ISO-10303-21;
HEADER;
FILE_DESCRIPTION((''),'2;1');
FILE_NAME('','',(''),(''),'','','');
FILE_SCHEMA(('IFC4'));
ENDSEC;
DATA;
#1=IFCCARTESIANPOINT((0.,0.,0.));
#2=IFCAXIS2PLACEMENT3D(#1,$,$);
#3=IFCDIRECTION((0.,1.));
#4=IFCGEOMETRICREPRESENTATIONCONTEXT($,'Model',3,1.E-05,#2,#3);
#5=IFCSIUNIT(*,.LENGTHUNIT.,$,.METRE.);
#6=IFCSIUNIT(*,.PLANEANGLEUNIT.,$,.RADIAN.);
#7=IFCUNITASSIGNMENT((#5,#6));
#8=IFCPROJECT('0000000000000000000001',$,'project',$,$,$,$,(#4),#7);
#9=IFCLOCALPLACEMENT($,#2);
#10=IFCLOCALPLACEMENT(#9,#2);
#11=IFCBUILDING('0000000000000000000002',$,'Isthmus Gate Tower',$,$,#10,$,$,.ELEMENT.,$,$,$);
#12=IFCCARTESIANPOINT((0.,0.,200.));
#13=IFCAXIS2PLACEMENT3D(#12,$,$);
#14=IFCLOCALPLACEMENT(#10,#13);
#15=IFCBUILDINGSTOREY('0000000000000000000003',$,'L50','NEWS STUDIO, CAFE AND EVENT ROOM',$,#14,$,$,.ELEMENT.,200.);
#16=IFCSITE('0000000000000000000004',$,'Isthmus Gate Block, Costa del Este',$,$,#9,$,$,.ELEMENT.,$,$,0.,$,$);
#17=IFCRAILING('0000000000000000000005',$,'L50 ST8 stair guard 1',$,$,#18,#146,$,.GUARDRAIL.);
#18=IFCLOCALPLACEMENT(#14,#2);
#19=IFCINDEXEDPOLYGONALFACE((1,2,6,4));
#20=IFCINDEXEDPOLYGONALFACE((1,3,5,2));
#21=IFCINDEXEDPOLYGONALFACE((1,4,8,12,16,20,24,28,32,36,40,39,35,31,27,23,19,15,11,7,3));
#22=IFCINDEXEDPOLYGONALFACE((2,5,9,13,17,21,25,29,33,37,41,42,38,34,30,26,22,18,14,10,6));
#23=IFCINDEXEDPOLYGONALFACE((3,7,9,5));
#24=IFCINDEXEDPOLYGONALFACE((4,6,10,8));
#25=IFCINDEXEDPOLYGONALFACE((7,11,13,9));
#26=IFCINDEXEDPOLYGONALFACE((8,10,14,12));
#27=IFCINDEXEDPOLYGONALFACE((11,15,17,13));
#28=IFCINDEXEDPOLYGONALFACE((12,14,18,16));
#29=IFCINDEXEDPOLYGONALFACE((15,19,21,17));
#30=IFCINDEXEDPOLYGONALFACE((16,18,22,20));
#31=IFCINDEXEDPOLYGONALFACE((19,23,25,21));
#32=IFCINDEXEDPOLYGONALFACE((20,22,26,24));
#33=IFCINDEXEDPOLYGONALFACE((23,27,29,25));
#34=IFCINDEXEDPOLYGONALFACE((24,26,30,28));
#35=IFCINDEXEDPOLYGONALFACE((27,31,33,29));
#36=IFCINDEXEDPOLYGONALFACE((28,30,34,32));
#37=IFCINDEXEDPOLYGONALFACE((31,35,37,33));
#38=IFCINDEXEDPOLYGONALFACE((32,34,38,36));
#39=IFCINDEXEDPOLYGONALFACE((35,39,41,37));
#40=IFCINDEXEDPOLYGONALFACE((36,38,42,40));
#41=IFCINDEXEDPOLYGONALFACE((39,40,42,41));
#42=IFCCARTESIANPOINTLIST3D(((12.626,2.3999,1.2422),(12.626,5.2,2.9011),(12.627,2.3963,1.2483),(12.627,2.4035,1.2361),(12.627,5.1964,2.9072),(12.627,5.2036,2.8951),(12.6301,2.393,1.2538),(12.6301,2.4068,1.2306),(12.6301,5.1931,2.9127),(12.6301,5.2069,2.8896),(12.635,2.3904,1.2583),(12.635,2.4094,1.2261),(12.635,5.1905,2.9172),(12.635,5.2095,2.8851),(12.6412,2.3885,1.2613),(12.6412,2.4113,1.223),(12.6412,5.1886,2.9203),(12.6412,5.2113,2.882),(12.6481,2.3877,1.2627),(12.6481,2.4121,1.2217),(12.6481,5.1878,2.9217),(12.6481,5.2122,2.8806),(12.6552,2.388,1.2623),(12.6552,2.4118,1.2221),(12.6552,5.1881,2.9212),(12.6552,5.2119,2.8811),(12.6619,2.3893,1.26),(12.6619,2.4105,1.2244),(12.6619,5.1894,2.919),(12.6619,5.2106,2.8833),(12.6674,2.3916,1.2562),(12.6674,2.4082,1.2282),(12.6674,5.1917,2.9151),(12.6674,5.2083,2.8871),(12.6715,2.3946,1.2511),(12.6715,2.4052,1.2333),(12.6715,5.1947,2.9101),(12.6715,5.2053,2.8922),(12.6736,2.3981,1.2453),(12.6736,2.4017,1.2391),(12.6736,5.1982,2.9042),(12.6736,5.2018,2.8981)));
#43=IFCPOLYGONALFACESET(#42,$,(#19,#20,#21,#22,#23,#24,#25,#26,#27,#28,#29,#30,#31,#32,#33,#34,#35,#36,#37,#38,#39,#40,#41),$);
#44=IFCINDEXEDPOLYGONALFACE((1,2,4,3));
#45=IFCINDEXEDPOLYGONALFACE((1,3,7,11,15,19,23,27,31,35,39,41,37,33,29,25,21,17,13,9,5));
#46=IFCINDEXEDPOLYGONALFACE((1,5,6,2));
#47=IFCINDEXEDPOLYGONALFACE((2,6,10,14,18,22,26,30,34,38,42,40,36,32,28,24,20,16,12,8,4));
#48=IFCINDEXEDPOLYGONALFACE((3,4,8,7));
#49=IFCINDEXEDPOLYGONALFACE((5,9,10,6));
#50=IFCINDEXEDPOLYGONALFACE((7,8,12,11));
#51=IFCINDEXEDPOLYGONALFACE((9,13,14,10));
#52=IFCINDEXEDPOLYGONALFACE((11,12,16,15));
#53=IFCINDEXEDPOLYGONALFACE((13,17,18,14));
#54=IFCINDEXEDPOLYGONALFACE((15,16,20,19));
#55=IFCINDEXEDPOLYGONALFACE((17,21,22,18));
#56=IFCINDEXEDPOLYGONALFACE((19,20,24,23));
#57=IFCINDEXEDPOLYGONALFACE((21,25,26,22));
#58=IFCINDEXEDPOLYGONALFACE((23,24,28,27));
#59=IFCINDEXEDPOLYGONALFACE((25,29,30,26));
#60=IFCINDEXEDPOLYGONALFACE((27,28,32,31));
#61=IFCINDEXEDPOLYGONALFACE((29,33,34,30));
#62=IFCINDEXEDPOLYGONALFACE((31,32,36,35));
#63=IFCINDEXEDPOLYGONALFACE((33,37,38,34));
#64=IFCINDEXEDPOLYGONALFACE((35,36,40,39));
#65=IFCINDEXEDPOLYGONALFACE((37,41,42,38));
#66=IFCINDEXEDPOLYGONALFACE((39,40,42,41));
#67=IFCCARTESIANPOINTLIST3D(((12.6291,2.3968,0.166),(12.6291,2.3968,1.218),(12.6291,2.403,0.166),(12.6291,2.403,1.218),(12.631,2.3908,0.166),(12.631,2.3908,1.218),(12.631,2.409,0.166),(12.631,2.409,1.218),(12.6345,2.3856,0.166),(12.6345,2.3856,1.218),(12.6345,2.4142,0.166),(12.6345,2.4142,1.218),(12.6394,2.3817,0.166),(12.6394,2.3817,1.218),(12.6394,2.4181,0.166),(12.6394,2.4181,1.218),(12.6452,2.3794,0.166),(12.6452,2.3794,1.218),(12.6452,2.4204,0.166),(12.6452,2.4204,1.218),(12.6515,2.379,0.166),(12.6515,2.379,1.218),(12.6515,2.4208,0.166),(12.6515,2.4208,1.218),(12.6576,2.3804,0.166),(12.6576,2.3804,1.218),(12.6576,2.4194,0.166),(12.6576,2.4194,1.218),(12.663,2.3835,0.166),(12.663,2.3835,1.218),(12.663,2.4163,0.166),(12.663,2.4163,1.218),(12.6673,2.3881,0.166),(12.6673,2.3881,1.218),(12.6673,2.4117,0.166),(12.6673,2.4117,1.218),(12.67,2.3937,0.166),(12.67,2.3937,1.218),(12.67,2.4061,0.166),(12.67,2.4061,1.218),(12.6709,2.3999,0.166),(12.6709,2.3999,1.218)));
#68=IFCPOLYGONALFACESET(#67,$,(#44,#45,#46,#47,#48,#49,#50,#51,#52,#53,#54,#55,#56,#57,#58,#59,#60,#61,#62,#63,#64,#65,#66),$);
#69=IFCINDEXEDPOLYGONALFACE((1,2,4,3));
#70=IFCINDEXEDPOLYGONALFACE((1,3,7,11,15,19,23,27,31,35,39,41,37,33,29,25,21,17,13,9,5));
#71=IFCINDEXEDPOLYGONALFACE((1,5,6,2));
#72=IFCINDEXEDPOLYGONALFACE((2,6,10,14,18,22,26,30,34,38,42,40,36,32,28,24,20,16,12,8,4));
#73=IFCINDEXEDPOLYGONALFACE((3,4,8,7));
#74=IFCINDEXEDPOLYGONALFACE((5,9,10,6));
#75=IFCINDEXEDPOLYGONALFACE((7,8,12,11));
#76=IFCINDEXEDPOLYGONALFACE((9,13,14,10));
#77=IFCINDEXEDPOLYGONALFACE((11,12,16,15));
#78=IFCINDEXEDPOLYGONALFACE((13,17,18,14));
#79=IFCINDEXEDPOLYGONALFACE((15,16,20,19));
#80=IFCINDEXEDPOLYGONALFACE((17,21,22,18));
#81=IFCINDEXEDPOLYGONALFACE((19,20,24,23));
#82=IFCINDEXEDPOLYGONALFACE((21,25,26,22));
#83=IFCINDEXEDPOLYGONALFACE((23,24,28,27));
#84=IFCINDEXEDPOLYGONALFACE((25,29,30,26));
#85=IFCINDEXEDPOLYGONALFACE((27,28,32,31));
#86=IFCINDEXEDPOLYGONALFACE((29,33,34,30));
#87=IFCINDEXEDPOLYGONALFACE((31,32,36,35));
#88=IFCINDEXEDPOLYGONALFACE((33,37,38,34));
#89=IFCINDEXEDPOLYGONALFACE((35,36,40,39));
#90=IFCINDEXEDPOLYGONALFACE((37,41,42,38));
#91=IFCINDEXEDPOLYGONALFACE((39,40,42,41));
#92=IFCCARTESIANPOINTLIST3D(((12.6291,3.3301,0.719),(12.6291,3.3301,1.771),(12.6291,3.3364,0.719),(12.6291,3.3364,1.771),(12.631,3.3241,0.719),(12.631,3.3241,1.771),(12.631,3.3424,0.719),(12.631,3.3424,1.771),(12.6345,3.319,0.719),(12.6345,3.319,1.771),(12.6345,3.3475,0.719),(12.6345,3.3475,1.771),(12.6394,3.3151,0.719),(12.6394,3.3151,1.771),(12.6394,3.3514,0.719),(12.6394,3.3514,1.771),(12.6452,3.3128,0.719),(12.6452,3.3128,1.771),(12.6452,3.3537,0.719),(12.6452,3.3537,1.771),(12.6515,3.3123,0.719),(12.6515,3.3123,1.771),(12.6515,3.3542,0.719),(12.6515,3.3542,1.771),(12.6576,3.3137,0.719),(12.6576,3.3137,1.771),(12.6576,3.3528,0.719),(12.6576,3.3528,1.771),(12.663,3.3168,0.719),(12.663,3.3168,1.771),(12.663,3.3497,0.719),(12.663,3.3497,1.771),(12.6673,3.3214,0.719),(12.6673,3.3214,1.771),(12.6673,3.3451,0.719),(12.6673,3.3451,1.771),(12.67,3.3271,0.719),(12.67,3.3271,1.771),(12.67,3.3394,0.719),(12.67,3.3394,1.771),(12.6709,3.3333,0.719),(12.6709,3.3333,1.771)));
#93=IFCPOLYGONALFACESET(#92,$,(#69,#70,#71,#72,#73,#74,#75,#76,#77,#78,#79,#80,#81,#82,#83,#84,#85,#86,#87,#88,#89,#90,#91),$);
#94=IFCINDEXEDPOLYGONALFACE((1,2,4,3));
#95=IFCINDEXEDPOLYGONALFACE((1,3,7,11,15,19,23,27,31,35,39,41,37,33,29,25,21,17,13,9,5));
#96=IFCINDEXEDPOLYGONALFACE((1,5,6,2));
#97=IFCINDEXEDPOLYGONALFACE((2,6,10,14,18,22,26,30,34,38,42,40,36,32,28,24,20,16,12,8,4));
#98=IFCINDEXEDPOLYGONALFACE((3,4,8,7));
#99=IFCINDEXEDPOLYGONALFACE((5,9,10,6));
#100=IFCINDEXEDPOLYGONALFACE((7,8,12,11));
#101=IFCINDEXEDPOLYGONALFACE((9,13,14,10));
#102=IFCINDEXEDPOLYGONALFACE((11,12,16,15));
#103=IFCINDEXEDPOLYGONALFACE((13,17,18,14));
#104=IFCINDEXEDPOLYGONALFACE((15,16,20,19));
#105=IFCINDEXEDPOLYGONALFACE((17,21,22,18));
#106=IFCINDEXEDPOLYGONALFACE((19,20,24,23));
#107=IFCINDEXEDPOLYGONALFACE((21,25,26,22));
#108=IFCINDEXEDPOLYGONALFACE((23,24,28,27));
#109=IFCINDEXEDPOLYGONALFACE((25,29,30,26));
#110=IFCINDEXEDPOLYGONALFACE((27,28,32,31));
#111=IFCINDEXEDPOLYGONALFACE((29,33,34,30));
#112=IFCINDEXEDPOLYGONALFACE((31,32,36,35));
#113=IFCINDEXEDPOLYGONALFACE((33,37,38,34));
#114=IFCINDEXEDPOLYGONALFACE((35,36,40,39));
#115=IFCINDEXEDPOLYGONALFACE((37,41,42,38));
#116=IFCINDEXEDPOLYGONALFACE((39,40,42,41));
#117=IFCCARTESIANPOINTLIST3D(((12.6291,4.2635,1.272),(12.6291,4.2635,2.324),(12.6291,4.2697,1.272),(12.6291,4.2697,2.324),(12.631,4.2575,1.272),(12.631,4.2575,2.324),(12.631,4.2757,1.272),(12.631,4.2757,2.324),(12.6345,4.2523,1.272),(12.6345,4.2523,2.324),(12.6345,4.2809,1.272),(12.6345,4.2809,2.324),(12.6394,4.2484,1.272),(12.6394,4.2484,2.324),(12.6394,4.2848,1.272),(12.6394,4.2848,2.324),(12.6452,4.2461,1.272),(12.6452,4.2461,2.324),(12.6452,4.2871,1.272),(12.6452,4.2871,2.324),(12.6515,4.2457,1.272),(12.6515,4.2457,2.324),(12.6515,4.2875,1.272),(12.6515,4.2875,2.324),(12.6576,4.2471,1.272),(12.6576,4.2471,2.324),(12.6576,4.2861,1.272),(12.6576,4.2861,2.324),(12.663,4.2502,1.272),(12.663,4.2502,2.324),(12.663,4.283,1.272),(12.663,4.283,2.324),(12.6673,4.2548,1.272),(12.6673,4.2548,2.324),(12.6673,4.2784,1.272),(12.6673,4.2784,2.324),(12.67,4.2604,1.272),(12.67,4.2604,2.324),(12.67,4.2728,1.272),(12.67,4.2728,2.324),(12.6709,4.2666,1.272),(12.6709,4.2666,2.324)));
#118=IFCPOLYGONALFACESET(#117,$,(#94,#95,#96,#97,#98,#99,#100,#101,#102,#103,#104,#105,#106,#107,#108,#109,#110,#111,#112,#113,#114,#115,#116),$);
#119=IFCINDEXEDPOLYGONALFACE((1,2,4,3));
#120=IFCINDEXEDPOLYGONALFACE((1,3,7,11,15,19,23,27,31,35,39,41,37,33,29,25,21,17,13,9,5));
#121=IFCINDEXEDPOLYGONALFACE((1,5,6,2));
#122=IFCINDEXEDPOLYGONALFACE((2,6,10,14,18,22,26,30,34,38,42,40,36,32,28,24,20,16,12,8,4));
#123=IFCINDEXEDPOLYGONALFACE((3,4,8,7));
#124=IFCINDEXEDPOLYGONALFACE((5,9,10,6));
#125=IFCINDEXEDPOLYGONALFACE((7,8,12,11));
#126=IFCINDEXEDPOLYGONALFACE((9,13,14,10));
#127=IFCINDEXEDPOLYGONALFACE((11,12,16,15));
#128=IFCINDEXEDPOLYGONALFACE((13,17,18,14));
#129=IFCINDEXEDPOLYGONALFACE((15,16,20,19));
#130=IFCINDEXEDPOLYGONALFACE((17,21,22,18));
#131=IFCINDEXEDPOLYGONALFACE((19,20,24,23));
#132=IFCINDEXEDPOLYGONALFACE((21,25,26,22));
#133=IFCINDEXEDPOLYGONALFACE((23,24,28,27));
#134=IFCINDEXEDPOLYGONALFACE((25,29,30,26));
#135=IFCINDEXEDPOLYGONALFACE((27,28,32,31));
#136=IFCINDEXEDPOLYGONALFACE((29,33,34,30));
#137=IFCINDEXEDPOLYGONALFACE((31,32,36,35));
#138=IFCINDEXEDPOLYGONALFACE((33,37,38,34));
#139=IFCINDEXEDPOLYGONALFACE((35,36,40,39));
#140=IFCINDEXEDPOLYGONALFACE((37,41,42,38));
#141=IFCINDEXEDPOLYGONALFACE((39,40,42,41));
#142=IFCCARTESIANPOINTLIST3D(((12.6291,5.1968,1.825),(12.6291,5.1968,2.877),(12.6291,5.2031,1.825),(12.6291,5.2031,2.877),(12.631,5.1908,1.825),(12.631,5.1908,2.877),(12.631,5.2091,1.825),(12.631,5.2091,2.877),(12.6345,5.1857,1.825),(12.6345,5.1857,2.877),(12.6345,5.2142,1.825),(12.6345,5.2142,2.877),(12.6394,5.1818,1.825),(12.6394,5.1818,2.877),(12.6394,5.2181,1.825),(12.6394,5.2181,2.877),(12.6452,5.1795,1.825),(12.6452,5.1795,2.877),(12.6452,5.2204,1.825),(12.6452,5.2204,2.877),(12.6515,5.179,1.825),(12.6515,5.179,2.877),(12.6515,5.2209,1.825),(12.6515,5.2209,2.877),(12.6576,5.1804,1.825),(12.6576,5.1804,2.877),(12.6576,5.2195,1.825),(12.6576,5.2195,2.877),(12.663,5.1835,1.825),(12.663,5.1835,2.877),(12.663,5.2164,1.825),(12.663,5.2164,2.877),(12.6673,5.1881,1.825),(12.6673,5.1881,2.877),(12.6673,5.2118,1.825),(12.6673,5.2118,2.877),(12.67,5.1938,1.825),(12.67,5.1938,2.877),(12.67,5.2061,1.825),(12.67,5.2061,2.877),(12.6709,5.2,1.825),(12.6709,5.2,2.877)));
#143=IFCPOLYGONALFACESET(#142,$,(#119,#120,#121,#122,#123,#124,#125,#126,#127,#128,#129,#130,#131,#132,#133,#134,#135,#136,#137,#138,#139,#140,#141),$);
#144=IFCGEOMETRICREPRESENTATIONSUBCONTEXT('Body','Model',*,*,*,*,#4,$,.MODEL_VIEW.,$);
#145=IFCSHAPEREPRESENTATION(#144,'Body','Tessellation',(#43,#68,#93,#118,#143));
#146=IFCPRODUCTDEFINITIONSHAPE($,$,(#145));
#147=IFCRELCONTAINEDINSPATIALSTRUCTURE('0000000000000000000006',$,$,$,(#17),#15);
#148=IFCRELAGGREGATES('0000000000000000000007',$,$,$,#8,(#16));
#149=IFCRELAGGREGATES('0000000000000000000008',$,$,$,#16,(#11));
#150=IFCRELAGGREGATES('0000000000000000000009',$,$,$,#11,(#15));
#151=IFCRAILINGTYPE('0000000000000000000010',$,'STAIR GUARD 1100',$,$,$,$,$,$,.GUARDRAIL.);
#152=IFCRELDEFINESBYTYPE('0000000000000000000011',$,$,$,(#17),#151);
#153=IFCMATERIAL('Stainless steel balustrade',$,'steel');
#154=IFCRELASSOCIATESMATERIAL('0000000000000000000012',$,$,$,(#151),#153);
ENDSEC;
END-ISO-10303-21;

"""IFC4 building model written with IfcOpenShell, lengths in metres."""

from ifc_helpers import new_model, si_unit, direction, frame, origin, origin_2d, place, context, subcontext, project, spatial, circle, extrude, material, type_object, element, save


model = new_model("IFC4")

# Units and contexts
model_context = context("Model", 3, precision=1e-05, world=origin(), true_north=direction((0.0, 1.0)))
body_context = subcontext(model_context, "Body", "Model", "MODEL_VIEW")
ifc_project = project(units=[si_unit("LENGTHUNIT", "METRE"), si_unit("PLANEANGLEUNIT", "RADIAN")], contexts=[model_context])

# Site, building, storey
site_placement = place(None, origin())
site = spatial("IfcSite", under=ifc_project, at=site_placement, Name="Isthmus Gate Block, Costa del Este", CompositionType="ELEMENT", RefElevation=0.0)
building_placement = place(site_placement, origin())
building = spatial("IfcBuilding", under=site, at=building_placement, Name="Isthmus Gate Tower", CompositionType="ELEMENT")
storey_placement = place(building_placement, frame((0.0, 0.0, 200.0)))
storey = spatial("IfcBuildingStorey", under=building, at=storey_placement, Name="L50", Description="NEWS STUDIO, CAFE AND EVENT ROOM", CompositionType="ELEMENT", Elevation=200.0)

# Railing
ifc_material_1 = material(Name="Stainless steel balustrade", Category="steel")
railing_type_1 = type_object("IfcRailingType", Name="STAIR GUARD 1100", PredefinedType="GUARDRAIL", material=ifc_material_1)
for number, where, name in (
    (1, (12.6499, 2.3999, 0.166), "L50 ST8 stair guard 1"),
):
    element("IfcRailing", number, at=place(storey_placement, frame(where)), inside=storey, type_object=railing_type_1, Name=name, PredefinedType="GUARDRAIL", context=body_context, shape_type="SweptSolid", body=[
        extrude(circle(Radius=0.0239, at=origin_2d()), frame((0.0, 0.0, 1.0762), z_axis=(0.0, 0.860339, 0.509722), x_axis=(-1.0, 0.0, 0.0)), (0.0, 0.0, 1.0), 3.2546),
        extrude(circle(Radius=0.021, at=origin_2d()), origin(), (0.0, 0.0, 1.0), 1.052),
        extrude(circle(Radius=0.021, at=origin_2d()), frame((0.0, 0.9333, 0.553)), (0.0, 0.0, 1.0), 1.052),
        extrude(circle(Radius=0.021, at=origin_2d()), frame((0.0, 1.8667, 1.106)), (0.0, 0.0, 1.0), 1.052),
        extrude(circle(Radius=0.021, at=origin_2d()), frame((0.0, 2.8, 1.6589)), (0.0, 0.0, 1.0), 1.052),
    ])

save(model, "model.ifc")
